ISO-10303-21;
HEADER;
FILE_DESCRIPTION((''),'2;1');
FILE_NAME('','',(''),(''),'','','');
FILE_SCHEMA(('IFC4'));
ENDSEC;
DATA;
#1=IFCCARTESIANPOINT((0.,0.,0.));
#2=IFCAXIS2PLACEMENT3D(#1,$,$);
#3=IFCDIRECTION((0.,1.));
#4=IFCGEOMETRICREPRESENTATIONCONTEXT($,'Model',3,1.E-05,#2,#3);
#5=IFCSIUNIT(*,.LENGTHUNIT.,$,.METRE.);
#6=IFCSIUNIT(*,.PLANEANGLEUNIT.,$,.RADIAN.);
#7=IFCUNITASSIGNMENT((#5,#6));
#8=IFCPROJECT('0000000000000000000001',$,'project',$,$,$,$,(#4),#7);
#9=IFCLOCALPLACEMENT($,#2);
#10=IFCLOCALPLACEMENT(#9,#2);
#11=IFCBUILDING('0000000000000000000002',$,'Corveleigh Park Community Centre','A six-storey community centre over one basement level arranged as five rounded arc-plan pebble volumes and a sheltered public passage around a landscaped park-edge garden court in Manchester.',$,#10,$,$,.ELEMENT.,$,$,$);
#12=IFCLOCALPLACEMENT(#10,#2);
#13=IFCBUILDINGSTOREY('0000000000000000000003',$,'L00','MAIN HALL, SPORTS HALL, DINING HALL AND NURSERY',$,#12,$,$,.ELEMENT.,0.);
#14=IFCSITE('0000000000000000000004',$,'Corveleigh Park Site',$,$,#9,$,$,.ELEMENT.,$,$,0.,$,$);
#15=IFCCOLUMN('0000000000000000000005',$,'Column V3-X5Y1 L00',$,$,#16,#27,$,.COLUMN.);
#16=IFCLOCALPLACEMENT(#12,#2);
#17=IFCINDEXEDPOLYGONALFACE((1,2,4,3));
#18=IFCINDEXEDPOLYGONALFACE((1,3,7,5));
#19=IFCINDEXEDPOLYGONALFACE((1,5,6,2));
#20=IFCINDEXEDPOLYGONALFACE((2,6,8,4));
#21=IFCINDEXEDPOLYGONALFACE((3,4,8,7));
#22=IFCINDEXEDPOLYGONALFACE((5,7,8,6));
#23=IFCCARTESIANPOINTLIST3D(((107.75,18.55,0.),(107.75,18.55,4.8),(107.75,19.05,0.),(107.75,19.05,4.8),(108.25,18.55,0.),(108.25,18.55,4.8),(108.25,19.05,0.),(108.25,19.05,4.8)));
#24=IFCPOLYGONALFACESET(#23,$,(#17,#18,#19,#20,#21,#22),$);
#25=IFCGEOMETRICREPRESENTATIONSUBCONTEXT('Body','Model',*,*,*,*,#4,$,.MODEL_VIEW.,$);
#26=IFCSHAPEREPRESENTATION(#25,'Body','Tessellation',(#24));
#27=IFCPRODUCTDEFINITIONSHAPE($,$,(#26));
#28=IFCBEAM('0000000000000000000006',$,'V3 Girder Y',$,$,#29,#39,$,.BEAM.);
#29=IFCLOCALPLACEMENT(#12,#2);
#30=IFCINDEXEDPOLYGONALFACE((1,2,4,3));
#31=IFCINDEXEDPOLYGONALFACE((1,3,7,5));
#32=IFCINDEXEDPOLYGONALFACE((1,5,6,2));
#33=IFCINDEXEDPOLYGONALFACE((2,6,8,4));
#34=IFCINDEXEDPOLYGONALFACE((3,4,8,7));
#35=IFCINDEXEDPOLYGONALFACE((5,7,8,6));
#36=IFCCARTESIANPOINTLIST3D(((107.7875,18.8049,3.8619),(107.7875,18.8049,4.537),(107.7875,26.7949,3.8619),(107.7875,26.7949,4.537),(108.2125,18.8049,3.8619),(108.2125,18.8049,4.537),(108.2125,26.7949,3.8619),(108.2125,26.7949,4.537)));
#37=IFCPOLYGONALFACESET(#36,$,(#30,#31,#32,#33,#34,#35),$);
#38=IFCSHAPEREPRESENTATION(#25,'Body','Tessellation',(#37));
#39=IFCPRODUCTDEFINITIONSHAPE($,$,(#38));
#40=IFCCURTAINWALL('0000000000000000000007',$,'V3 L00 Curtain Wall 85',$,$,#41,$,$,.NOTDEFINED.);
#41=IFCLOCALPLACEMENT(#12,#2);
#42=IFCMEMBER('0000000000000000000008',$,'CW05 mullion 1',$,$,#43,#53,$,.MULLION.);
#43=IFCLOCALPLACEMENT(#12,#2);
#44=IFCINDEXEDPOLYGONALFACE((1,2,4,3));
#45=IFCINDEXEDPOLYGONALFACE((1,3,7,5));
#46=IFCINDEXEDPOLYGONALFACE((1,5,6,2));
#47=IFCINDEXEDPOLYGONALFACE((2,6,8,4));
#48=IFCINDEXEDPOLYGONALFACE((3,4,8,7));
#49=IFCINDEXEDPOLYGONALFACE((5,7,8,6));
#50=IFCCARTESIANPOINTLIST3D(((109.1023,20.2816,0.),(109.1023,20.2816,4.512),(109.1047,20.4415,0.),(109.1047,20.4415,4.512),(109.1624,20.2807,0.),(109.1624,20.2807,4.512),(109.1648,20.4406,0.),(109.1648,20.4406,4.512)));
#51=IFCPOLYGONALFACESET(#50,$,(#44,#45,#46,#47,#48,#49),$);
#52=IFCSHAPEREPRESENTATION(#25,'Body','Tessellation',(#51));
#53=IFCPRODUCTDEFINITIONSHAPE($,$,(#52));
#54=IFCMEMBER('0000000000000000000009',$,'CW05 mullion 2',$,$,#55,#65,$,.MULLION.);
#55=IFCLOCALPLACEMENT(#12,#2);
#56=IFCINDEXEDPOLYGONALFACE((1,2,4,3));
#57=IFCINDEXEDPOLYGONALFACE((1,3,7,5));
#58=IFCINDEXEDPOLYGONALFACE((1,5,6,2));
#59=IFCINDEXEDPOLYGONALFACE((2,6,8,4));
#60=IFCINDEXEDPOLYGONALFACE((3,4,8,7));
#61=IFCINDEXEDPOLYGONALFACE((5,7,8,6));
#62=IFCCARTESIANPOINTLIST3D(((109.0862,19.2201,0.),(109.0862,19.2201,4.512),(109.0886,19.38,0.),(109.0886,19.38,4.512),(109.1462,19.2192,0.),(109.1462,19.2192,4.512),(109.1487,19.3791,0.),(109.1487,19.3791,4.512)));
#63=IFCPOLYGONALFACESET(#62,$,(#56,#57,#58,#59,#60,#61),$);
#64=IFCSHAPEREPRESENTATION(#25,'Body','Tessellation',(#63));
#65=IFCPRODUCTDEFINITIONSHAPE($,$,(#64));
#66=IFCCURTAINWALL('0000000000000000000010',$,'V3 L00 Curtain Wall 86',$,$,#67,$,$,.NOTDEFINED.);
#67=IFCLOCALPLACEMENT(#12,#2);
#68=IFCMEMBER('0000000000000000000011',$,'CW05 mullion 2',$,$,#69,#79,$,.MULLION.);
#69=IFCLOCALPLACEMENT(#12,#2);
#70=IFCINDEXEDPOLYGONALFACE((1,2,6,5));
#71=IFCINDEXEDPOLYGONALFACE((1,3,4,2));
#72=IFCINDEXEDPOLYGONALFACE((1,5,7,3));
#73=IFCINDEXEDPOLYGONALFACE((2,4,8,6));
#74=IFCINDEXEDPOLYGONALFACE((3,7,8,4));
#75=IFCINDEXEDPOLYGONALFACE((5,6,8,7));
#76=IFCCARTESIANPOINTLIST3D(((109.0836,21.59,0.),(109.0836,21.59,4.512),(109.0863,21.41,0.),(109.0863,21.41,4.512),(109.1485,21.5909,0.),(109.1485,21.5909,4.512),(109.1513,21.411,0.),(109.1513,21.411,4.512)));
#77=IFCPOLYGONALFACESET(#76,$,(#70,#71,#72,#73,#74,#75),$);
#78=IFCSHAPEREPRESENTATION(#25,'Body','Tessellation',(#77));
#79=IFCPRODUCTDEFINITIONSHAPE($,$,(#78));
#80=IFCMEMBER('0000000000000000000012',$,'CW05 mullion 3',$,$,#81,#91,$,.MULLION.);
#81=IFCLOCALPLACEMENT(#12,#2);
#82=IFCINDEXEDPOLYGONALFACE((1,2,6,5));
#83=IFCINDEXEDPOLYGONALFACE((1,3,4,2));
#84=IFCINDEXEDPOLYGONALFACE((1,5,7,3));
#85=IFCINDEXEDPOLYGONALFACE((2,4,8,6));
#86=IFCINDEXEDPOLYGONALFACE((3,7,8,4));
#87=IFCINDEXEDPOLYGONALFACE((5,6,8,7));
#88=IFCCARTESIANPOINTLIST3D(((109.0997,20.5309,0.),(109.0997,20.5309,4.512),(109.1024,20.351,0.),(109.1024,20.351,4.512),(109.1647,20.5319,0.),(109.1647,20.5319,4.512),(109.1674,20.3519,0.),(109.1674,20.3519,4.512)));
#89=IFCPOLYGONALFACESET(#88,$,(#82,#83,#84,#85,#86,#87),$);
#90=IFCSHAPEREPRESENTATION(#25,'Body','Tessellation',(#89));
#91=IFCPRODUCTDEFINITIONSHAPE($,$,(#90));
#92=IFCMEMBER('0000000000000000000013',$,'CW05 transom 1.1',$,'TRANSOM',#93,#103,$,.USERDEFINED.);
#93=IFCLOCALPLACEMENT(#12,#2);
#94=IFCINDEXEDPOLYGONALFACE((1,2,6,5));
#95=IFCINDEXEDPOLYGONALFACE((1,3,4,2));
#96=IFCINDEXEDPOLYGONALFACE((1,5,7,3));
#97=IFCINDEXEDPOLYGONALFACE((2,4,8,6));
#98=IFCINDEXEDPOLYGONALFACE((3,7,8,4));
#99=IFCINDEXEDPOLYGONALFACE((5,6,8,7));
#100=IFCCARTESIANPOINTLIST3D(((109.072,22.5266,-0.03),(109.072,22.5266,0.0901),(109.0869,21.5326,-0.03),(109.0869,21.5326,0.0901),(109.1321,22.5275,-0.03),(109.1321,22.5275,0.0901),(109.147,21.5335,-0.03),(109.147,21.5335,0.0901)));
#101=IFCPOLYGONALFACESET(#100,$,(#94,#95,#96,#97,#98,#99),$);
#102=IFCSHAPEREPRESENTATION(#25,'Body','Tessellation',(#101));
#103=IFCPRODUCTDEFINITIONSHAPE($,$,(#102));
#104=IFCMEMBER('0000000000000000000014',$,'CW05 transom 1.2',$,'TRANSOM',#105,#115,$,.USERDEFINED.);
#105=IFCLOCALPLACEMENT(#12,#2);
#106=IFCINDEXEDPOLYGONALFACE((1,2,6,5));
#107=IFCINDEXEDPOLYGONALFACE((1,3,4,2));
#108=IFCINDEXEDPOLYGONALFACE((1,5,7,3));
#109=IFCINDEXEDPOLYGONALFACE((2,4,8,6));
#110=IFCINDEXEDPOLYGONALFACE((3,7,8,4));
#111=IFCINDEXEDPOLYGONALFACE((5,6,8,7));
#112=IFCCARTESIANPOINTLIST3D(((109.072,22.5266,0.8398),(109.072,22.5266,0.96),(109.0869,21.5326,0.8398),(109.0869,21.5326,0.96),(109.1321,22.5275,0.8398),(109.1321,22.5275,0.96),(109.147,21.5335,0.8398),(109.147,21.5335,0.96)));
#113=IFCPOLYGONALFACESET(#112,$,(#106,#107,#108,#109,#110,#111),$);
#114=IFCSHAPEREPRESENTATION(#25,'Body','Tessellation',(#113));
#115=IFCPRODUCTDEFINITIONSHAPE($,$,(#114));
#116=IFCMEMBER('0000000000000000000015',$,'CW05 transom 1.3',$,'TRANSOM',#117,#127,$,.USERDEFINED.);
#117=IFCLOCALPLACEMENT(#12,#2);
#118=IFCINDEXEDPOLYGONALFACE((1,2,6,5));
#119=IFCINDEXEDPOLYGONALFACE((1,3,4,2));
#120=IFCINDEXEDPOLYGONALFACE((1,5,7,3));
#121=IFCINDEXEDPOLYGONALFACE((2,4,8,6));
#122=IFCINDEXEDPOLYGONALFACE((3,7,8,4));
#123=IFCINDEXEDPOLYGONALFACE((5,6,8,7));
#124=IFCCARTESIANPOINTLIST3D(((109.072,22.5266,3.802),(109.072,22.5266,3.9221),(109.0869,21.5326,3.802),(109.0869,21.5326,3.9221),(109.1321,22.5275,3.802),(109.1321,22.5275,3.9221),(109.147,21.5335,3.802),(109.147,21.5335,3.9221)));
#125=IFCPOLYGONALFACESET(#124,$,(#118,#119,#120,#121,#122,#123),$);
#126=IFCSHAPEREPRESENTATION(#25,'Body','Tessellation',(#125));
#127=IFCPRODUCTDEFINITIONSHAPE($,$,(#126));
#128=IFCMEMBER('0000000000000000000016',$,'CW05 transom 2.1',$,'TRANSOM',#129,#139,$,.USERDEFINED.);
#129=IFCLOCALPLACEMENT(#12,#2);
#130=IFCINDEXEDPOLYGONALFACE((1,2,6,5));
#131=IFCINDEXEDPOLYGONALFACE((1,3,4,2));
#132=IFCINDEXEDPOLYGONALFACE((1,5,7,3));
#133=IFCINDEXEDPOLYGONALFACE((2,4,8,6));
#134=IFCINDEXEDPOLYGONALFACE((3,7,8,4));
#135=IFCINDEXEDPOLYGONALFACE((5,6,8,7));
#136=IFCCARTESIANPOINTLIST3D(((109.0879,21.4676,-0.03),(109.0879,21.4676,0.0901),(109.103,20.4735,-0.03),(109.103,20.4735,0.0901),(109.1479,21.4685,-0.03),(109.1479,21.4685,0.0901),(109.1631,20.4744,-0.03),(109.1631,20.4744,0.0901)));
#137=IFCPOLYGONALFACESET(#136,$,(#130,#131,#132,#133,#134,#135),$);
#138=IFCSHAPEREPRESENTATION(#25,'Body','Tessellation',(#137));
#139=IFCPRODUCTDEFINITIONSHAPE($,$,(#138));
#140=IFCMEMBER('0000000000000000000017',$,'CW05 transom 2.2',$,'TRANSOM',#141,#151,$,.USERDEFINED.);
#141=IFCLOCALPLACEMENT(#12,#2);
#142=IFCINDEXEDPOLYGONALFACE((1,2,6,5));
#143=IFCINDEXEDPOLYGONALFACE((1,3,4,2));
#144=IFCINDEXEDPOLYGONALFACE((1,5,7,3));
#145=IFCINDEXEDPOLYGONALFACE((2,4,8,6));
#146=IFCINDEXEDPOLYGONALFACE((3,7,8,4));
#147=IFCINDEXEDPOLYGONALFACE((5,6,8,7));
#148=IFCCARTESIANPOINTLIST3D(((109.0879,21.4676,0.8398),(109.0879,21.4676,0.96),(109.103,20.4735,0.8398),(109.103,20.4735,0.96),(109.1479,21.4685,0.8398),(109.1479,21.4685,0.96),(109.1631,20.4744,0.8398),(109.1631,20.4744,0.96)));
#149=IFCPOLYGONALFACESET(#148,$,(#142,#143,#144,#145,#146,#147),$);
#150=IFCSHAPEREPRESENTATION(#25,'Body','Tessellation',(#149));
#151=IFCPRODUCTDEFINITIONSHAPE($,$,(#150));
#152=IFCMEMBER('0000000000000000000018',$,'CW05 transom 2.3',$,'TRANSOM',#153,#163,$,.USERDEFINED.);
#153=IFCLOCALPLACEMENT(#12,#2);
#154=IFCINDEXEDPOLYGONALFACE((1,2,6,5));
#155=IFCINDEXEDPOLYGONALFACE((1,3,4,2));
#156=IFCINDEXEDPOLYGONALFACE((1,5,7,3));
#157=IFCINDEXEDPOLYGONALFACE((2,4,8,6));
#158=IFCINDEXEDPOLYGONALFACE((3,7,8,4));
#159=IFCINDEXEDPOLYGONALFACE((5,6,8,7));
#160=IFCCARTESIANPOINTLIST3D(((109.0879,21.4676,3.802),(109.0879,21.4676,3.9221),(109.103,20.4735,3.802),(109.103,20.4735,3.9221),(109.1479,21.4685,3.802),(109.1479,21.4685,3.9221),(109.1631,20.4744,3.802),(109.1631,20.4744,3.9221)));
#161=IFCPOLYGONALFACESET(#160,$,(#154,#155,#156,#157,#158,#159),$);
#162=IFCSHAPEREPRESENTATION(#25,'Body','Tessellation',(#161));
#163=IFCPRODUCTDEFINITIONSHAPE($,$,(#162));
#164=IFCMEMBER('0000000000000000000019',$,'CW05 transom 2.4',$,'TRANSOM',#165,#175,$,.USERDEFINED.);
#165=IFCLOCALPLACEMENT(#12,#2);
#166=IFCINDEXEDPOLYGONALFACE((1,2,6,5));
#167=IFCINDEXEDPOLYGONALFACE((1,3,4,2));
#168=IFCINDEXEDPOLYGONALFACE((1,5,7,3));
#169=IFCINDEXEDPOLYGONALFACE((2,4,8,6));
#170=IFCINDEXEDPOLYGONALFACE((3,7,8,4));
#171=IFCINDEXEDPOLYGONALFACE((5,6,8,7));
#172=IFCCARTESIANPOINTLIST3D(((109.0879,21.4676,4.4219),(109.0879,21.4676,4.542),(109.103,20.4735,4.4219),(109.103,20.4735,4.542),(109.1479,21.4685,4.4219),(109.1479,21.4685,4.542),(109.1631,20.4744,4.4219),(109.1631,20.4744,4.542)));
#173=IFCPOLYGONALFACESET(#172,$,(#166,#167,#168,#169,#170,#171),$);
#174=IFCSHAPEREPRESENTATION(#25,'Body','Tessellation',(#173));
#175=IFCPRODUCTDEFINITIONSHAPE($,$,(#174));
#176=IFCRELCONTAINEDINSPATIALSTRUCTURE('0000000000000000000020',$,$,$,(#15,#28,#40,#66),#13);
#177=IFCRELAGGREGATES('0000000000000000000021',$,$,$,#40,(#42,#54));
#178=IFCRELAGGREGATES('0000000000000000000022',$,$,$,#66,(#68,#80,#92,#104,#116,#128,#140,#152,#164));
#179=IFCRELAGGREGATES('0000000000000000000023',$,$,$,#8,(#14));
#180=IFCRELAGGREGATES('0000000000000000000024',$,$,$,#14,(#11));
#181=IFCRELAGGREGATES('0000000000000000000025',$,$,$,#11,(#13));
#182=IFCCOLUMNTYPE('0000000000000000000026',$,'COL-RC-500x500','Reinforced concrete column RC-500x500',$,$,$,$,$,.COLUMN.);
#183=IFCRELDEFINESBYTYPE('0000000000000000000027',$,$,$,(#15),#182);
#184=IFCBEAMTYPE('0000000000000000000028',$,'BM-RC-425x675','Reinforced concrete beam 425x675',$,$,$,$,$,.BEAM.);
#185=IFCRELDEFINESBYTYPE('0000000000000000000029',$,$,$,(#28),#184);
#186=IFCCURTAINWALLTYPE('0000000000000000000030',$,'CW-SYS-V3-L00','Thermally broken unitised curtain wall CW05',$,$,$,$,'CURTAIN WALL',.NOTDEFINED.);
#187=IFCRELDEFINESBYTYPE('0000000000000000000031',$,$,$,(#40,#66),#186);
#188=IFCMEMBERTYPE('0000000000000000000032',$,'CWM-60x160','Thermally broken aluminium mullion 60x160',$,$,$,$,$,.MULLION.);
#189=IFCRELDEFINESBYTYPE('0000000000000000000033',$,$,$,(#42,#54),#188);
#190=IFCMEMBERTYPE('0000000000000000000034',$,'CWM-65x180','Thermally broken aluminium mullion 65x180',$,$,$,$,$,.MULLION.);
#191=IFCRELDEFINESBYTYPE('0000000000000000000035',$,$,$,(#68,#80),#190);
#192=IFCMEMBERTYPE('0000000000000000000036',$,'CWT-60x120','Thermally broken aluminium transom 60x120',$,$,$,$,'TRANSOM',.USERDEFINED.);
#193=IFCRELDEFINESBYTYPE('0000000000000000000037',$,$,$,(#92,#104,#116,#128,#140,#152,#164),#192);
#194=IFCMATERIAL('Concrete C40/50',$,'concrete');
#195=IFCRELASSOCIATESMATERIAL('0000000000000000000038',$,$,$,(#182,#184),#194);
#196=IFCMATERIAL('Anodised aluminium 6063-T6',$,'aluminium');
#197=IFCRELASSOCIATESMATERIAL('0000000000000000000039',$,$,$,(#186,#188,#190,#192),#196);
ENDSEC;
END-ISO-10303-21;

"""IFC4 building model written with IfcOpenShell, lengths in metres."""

from ifc_helpers import new_model, si_unit, direction, frame, origin, origin_2d, place, context, subcontext, project, spatial, rectangle, extrude, material, material_profile, profile_set, type_object, element, aggregate, save


model = new_model("IFC4")

# Units and contexts
model_context = context("Model", 3, precision=1e-05, world=origin(), true_north=direction((0.0, 1.0)))
body_context = subcontext(model_context, "Body", "Model", "MODEL_VIEW")
ifc_project = project(units=[si_unit("LENGTHUNIT", "METRE"), si_unit("PLANEANGLEUNIT", "RADIAN")], contexts=[model_context])

# Site, building, storey
site_placement = place(None, origin())
site = spatial("IfcSite", under=ifc_project, at=site_placement, Name="Corveleigh Park Site", CompositionType="ELEMENT", RefElevation=0.0)
building_placement = place(site_placement, origin())
building = spatial("IfcBuilding", under=site, at=building_placement, Name="Corveleigh Park Community Centre", Description="A six-storey community centre over one basement level arranged as five rounded arc-plan pebble volumes and a sheltered public passage around a landscaped park-edge garden court in Manchester.", CompositionType="ELEMENT")
storey_placement = place(building_placement, origin())
storey = spatial("IfcBuildingStorey", under=building, at=storey_placement, Name="L00", Description="MAIN HALL, SPORTS HALL, DINING HALL AND NURSERY", CompositionType="ELEMENT", Elevation=0.0)

# Column
ifc_material_1 = material(Name="Concrete C40/50", Category="concrete")
ifc_material_profile_1 = material_profile(ifc_material_1, rectangle(XDim=0.5, YDim=0.5, at=origin_2d()), Name="RC-500x500", Category="concrete")
ifc_profile_set_1 = profile_set([ifc_material_profile_1], Name="Concrete C40/50")
column_type = type_object("IfcColumnType", Name="COL-RC-500x500", Description="Reinforced concrete column RC-500x500", PredefinedType="COLUMN", material=ifc_profile_set_1)
column_placement = place(storey_placement, frame((108.0, 18.8, 0.0), z_axis=(0.0, 0.0, 1.0), x_axis=(1.0, 0.0, 0.0)))
element("IfcColumn", 1, at=column_placement, inside=storey, type_object=column_type, Name="Column V3-X5Y1 L00", PredefinedType="COLUMN", context=body_context, shape_type="SweptSolid", body=[
    extrude(rectangle(XDim=0.5, YDim=0.5, at=origin_2d()), origin(), (0.0, 0.0, 1.0), 4.8),
])

# Beam
ifc_material_profile_2 = material_profile(ifc_material_1, rectangle(XDim=0.425, YDim=0.675, at=origin_2d()), Name="RC-425x675", Category="concrete")
ifc_profile_set_2 = profile_set([ifc_material_profile_2], Name="Concrete C40/50")
beam_type = type_object("IfcBeamType", Name="BM-RC-425x675", Description="Reinforced concrete beam 425x675", PredefinedType="BEAM", material=ifc_profile_set_2)
beam_placement = place(storey_placement, frame((108.0, 18.8049, 4.1995), z_axis=(0.0, 1.0, 0.0), x_axis=(-1.0, 0.0, 0.0)))
element("IfcBeam", 2, at=beam_placement, inside=storey, type_object=beam_type, Name="V3 Girder Y", PredefinedType="BEAM", context=body_context, shape_type="SweptSolid", body=[
    extrude(rectangle(XDim=0.425, YDim=0.675, at=origin_2d()), origin(), (0.0, 0.0, 1.0), 7.99),
])

# Curtain walls, members
ifc_material_2 = material(Name="Anodised aluminium 6063-T6", Category="aluminium")
curtain_wall_type = type_object("IfcCurtainWallType", Name="CW-SYS-V3-L00", Description="Thermally broken unitised curtain wall CW05", ElementType="CURTAIN WALL", PredefinedType="NOTDEFINED", material=ifc_material_2)
curtain_wall_1_placement = place(storey_placement, origin())
curtain_wall_1 = element("IfcCurtainWall", 3, at=curtain_wall_1_placement, inside=storey, type_object=curtain_wall_type, Name="V3 L00 Curtain Wall 85", PredefinedType="NOTDEFINED")
ifc_material_profile_3 = material_profile(ifc_material_2, rectangle(XDim=0.0601, YDim=0.1599, at=origin_2d()), Name="ALU-M60x160", Category="aluminium")
ifc_profile_set_3 = profile_set([ifc_material_profile_3], Name="Anodised aluminium 6063-T6")
member_type_1 = type_object("IfcMemberType", Name="CWM-60x160", Description="Thermally broken aluminium mullion 60x160", PredefinedType="MULLION", material=ifc_profile_set_3)
member_1_placement = place(storey_placement, frame((109.1335, 20.3611, 0.0), z_axis=(0.0, 0.0, 1.0), x_axis=(0.999886, -0.015115, 0.0)))
member_1 = element("IfcMember", 4, at=member_1_placement, type_object=member_type_1, Name="CW05 mullion 1", PredefinedType="MULLION", context=body_context, shape_type="SweptSolid", body=[
    extrude(rectangle(XDim=0.0601, YDim=0.1599, at=origin_2d()), origin(), (0.0, 0.0, 1.0), 4.512),
])
member_2_placement = place(storey_placement, frame((109.1174, 19.2996, 0.0), z_axis=(0.0, 0.0, 1.0), x_axis=(0.999886, -0.015115, 0.0)))
member_2 = element("IfcMember", 5, at=member_2_placement, type_object=member_type_1, Name="CW05 mullion 2", PredefinedType="MULLION", context=body_context, shape_type="SweptSolid", body=[
    extrude(rectangle(XDim=0.0601, YDim=0.1599, at=origin_2d()), origin(), (0.0, 0.0, 1.0), 4.512),
])
curtain_wall_2_placement = place(storey_placement, origin())
curtain_wall_2 = element("IfcCurtainWall", 6, at=curtain_wall_2_placement, inside=storey, type_object=curtain_wall_type, Name="V3 L00 Curtain Wall 86", PredefinedType="NOTDEFINED")
ifc_material_profile_4 = material_profile(ifc_material_2, rectangle(XDim=0.0649, YDim=0.1799, at=origin_2d()), Name="ALU-M65x180", Category="aluminium")
ifc_profile_set_4 = profile_set([ifc_material_profile_4], Name="Anodised aluminium 6063-T6")
member_type_2 = type_object("IfcMemberType", Name="CWM-65x180", Description="Thermally broken aluminium mullion 65x180", PredefinedType="MULLION", material=ifc_profile_set_4)
member_3_placement = place(storey_placement, frame((109.1174, 21.5005, 0.0), z_axis=(0.0, 0.0, 1.0), x_axis=(0.999886, 0.015115, 0.0)))
member_3 = element("IfcMember", 7, at=member_3_placement, type_object=member_type_2, Name="CW05 mullion 2", PredefinedType="MULLION", context=body_context, shape_type="SweptSolid", body=[
    extrude(rectangle(XDim=0.0649, YDim=0.1799, at=origin_2d()), origin(), (0.0, 0.0, 1.0), 4.512),
])
member_4_placement = place(storey_placement, frame((109.1335, 20.4414, 0.0), z_axis=(0.0, 0.0, 1.0), x_axis=(0.999886, 0.015115, 0.0)))
member_4 = element("IfcMember", 8, at=member_4_placement, type_object=member_type_2, Name="CW05 mullion 3", PredefinedType="MULLION", context=body_context, shape_type="SweptSolid", body=[
    extrude(rectangle(XDim=0.0649, YDim=0.1799, at=origin_2d()), origin(), (0.0, 0.0, 1.0), 4.512),
])
ifc_material_profile_5 = material_profile(ifc_material_2, rectangle(XDim=0.0601, YDim=0.1201, at=origin_2d()), Name="ALU-T60x120", Category="aluminium")
ifc_profile_set_5 = profile_set([ifc_material_profile_5], Name="Anodised aluminium 6063-T6")
member_type_3 = type_object("IfcMemberType", Name="CWT-60x120", Description="Thermally broken aluminium transom 60x120", ElementType="TRANSOM", PredefinedType="USERDEFINED", material=ifc_profile_set_5)
member_5_placement = place(storey_placement, frame((109.1021, 22.5271, 0.03), z_axis=(0.014979, -0.999888, 0.0), x_axis=(0.999888, 0.014979, 0.0)))
member_5 = element("IfcMember", 9, at=member_5_placement, type_object=member_type_3, Name="CW05 transom 1.1", ObjectType="TRANSOM", PredefinedType="USERDEFINED", context=body_context, shape_type="SweptSolid", body=[
    extrude(rectangle(XDim=0.0601, YDim=0.1201, at=origin_2d()), origin(), (0.0, 0.0, 1.0), 0.9941),
])
member_6_placement = place(storey_placement, frame((109.1021, 22.5271, 0.8999), z_axis=(0.014979, -0.999888, 0.0), x_axis=(0.999888, 0.014979, 0.0)))
member_6 = element("IfcMember", 10, at=member_6_placement, type_object=member_type_3, Name="CW05 transom 1.2", ObjectType="TRANSOM", PredefinedType="USERDEFINED", context=body_context, shape_type="SweptSolid", body=[
    extrude(rectangle(XDim=0.0601, YDim=0.1201, at=origin_2d()), origin(), (0.0, 0.0, 1.0), 0.9941),
])
member_7_placement = place(storey_placement, frame((109.1021, 22.5271, 3.8621), z_axis=(0.014979, -0.999888, 0.0), x_axis=(0.999888, 0.014979, 0.0)))
member_7 = element("IfcMember", 11, at=member_7_placement, type_object=member_type_3, Name="CW05 transom 1.3", ObjectType="TRANSOM", PredefinedType="USERDEFINED", context=body_context, shape_type="SweptSolid", body=[
    extrude(rectangle(XDim=0.0601, YDim=0.1201, at=origin_2d()), origin(), (0.0, 0.0, 1.0), 0.9941),
])
member_8_placement = place(storey_placement, frame((109.1179, 21.468, 0.03), z_axis=(0.015224, -0.999884, 0.0), x_axis=(0.999884, 0.015224, 0.0)))
member_8 = element("IfcMember", 12, at=member_8_placement, type_object=member_type_3, Name="CW05 transom 2.1", ObjectType="TRANSOM", PredefinedType="USERDEFINED", context=body_context, shape_type="SweptSolid", body=[
    extrude(rectangle(XDim=0.0601, YDim=0.1201, at=origin_2d()), origin(), (0.0, 0.0, 1.0), 0.9941),
])
member_9_placement = place(storey_placement, frame((109.1179, 21.468, 0.8999), z_axis=(0.015224, -0.999884, 0.0), x_axis=(0.999884, 0.015224, 0.0)))
member_9 = element("IfcMember", 13, at=member_9_placement, type_object=member_type_3, Name="CW05 transom 2.2", ObjectType="TRANSOM", PredefinedType="USERDEFINED", context=body_context, shape_type="SweptSolid", body=[
    extrude(rectangle(XDim=0.0601, YDim=0.1201, at=origin_2d()), origin(), (0.0, 0.0, 1.0), 0.9941),
])
member_10_placement = place(storey_placement, frame((109.1179, 21.468, 3.8621), z_axis=(0.015224, -0.999884, 0.0), x_axis=(0.999884, 0.015224, 0.0)))
member_10 = element("IfcMember", 14, at=member_10_placement, type_object=member_type_3, Name="CW05 transom 2.3", ObjectType="TRANSOM", PredefinedType="USERDEFINED", context=body_context, shape_type="SweptSolid", body=[
    extrude(rectangle(XDim=0.0601, YDim=0.1201, at=origin_2d()), origin(), (0.0, 0.0, 1.0), 0.9941),
])
member_11_placement = place(storey_placement, frame((109.1179, 21.468, 4.4819), z_axis=(0.015224, -0.999884, 0.0), x_axis=(0.999884, 0.015224, 0.0)))
member_11 = element("IfcMember", 15, at=member_11_placement, type_object=member_type_3, Name="CW05 transom 2.4", ObjectType="TRANSOM", PredefinedType="USERDEFINED", context=body_context, shape_type="SweptSolid", body=[
    extrude(rectangle(XDim=0.0601, YDim=0.1201, at=origin_2d()), origin(), (0.0, 0.0, 1.0), 0.9941),
])

aggregate(curtain_wall_1, [member_1, member_2])
aggregate(curtain_wall_2, [member_3, member_4, member_5, member_6, member_7, member_8, member_9, member_10, member_11])

save(model, "model.ifc")
